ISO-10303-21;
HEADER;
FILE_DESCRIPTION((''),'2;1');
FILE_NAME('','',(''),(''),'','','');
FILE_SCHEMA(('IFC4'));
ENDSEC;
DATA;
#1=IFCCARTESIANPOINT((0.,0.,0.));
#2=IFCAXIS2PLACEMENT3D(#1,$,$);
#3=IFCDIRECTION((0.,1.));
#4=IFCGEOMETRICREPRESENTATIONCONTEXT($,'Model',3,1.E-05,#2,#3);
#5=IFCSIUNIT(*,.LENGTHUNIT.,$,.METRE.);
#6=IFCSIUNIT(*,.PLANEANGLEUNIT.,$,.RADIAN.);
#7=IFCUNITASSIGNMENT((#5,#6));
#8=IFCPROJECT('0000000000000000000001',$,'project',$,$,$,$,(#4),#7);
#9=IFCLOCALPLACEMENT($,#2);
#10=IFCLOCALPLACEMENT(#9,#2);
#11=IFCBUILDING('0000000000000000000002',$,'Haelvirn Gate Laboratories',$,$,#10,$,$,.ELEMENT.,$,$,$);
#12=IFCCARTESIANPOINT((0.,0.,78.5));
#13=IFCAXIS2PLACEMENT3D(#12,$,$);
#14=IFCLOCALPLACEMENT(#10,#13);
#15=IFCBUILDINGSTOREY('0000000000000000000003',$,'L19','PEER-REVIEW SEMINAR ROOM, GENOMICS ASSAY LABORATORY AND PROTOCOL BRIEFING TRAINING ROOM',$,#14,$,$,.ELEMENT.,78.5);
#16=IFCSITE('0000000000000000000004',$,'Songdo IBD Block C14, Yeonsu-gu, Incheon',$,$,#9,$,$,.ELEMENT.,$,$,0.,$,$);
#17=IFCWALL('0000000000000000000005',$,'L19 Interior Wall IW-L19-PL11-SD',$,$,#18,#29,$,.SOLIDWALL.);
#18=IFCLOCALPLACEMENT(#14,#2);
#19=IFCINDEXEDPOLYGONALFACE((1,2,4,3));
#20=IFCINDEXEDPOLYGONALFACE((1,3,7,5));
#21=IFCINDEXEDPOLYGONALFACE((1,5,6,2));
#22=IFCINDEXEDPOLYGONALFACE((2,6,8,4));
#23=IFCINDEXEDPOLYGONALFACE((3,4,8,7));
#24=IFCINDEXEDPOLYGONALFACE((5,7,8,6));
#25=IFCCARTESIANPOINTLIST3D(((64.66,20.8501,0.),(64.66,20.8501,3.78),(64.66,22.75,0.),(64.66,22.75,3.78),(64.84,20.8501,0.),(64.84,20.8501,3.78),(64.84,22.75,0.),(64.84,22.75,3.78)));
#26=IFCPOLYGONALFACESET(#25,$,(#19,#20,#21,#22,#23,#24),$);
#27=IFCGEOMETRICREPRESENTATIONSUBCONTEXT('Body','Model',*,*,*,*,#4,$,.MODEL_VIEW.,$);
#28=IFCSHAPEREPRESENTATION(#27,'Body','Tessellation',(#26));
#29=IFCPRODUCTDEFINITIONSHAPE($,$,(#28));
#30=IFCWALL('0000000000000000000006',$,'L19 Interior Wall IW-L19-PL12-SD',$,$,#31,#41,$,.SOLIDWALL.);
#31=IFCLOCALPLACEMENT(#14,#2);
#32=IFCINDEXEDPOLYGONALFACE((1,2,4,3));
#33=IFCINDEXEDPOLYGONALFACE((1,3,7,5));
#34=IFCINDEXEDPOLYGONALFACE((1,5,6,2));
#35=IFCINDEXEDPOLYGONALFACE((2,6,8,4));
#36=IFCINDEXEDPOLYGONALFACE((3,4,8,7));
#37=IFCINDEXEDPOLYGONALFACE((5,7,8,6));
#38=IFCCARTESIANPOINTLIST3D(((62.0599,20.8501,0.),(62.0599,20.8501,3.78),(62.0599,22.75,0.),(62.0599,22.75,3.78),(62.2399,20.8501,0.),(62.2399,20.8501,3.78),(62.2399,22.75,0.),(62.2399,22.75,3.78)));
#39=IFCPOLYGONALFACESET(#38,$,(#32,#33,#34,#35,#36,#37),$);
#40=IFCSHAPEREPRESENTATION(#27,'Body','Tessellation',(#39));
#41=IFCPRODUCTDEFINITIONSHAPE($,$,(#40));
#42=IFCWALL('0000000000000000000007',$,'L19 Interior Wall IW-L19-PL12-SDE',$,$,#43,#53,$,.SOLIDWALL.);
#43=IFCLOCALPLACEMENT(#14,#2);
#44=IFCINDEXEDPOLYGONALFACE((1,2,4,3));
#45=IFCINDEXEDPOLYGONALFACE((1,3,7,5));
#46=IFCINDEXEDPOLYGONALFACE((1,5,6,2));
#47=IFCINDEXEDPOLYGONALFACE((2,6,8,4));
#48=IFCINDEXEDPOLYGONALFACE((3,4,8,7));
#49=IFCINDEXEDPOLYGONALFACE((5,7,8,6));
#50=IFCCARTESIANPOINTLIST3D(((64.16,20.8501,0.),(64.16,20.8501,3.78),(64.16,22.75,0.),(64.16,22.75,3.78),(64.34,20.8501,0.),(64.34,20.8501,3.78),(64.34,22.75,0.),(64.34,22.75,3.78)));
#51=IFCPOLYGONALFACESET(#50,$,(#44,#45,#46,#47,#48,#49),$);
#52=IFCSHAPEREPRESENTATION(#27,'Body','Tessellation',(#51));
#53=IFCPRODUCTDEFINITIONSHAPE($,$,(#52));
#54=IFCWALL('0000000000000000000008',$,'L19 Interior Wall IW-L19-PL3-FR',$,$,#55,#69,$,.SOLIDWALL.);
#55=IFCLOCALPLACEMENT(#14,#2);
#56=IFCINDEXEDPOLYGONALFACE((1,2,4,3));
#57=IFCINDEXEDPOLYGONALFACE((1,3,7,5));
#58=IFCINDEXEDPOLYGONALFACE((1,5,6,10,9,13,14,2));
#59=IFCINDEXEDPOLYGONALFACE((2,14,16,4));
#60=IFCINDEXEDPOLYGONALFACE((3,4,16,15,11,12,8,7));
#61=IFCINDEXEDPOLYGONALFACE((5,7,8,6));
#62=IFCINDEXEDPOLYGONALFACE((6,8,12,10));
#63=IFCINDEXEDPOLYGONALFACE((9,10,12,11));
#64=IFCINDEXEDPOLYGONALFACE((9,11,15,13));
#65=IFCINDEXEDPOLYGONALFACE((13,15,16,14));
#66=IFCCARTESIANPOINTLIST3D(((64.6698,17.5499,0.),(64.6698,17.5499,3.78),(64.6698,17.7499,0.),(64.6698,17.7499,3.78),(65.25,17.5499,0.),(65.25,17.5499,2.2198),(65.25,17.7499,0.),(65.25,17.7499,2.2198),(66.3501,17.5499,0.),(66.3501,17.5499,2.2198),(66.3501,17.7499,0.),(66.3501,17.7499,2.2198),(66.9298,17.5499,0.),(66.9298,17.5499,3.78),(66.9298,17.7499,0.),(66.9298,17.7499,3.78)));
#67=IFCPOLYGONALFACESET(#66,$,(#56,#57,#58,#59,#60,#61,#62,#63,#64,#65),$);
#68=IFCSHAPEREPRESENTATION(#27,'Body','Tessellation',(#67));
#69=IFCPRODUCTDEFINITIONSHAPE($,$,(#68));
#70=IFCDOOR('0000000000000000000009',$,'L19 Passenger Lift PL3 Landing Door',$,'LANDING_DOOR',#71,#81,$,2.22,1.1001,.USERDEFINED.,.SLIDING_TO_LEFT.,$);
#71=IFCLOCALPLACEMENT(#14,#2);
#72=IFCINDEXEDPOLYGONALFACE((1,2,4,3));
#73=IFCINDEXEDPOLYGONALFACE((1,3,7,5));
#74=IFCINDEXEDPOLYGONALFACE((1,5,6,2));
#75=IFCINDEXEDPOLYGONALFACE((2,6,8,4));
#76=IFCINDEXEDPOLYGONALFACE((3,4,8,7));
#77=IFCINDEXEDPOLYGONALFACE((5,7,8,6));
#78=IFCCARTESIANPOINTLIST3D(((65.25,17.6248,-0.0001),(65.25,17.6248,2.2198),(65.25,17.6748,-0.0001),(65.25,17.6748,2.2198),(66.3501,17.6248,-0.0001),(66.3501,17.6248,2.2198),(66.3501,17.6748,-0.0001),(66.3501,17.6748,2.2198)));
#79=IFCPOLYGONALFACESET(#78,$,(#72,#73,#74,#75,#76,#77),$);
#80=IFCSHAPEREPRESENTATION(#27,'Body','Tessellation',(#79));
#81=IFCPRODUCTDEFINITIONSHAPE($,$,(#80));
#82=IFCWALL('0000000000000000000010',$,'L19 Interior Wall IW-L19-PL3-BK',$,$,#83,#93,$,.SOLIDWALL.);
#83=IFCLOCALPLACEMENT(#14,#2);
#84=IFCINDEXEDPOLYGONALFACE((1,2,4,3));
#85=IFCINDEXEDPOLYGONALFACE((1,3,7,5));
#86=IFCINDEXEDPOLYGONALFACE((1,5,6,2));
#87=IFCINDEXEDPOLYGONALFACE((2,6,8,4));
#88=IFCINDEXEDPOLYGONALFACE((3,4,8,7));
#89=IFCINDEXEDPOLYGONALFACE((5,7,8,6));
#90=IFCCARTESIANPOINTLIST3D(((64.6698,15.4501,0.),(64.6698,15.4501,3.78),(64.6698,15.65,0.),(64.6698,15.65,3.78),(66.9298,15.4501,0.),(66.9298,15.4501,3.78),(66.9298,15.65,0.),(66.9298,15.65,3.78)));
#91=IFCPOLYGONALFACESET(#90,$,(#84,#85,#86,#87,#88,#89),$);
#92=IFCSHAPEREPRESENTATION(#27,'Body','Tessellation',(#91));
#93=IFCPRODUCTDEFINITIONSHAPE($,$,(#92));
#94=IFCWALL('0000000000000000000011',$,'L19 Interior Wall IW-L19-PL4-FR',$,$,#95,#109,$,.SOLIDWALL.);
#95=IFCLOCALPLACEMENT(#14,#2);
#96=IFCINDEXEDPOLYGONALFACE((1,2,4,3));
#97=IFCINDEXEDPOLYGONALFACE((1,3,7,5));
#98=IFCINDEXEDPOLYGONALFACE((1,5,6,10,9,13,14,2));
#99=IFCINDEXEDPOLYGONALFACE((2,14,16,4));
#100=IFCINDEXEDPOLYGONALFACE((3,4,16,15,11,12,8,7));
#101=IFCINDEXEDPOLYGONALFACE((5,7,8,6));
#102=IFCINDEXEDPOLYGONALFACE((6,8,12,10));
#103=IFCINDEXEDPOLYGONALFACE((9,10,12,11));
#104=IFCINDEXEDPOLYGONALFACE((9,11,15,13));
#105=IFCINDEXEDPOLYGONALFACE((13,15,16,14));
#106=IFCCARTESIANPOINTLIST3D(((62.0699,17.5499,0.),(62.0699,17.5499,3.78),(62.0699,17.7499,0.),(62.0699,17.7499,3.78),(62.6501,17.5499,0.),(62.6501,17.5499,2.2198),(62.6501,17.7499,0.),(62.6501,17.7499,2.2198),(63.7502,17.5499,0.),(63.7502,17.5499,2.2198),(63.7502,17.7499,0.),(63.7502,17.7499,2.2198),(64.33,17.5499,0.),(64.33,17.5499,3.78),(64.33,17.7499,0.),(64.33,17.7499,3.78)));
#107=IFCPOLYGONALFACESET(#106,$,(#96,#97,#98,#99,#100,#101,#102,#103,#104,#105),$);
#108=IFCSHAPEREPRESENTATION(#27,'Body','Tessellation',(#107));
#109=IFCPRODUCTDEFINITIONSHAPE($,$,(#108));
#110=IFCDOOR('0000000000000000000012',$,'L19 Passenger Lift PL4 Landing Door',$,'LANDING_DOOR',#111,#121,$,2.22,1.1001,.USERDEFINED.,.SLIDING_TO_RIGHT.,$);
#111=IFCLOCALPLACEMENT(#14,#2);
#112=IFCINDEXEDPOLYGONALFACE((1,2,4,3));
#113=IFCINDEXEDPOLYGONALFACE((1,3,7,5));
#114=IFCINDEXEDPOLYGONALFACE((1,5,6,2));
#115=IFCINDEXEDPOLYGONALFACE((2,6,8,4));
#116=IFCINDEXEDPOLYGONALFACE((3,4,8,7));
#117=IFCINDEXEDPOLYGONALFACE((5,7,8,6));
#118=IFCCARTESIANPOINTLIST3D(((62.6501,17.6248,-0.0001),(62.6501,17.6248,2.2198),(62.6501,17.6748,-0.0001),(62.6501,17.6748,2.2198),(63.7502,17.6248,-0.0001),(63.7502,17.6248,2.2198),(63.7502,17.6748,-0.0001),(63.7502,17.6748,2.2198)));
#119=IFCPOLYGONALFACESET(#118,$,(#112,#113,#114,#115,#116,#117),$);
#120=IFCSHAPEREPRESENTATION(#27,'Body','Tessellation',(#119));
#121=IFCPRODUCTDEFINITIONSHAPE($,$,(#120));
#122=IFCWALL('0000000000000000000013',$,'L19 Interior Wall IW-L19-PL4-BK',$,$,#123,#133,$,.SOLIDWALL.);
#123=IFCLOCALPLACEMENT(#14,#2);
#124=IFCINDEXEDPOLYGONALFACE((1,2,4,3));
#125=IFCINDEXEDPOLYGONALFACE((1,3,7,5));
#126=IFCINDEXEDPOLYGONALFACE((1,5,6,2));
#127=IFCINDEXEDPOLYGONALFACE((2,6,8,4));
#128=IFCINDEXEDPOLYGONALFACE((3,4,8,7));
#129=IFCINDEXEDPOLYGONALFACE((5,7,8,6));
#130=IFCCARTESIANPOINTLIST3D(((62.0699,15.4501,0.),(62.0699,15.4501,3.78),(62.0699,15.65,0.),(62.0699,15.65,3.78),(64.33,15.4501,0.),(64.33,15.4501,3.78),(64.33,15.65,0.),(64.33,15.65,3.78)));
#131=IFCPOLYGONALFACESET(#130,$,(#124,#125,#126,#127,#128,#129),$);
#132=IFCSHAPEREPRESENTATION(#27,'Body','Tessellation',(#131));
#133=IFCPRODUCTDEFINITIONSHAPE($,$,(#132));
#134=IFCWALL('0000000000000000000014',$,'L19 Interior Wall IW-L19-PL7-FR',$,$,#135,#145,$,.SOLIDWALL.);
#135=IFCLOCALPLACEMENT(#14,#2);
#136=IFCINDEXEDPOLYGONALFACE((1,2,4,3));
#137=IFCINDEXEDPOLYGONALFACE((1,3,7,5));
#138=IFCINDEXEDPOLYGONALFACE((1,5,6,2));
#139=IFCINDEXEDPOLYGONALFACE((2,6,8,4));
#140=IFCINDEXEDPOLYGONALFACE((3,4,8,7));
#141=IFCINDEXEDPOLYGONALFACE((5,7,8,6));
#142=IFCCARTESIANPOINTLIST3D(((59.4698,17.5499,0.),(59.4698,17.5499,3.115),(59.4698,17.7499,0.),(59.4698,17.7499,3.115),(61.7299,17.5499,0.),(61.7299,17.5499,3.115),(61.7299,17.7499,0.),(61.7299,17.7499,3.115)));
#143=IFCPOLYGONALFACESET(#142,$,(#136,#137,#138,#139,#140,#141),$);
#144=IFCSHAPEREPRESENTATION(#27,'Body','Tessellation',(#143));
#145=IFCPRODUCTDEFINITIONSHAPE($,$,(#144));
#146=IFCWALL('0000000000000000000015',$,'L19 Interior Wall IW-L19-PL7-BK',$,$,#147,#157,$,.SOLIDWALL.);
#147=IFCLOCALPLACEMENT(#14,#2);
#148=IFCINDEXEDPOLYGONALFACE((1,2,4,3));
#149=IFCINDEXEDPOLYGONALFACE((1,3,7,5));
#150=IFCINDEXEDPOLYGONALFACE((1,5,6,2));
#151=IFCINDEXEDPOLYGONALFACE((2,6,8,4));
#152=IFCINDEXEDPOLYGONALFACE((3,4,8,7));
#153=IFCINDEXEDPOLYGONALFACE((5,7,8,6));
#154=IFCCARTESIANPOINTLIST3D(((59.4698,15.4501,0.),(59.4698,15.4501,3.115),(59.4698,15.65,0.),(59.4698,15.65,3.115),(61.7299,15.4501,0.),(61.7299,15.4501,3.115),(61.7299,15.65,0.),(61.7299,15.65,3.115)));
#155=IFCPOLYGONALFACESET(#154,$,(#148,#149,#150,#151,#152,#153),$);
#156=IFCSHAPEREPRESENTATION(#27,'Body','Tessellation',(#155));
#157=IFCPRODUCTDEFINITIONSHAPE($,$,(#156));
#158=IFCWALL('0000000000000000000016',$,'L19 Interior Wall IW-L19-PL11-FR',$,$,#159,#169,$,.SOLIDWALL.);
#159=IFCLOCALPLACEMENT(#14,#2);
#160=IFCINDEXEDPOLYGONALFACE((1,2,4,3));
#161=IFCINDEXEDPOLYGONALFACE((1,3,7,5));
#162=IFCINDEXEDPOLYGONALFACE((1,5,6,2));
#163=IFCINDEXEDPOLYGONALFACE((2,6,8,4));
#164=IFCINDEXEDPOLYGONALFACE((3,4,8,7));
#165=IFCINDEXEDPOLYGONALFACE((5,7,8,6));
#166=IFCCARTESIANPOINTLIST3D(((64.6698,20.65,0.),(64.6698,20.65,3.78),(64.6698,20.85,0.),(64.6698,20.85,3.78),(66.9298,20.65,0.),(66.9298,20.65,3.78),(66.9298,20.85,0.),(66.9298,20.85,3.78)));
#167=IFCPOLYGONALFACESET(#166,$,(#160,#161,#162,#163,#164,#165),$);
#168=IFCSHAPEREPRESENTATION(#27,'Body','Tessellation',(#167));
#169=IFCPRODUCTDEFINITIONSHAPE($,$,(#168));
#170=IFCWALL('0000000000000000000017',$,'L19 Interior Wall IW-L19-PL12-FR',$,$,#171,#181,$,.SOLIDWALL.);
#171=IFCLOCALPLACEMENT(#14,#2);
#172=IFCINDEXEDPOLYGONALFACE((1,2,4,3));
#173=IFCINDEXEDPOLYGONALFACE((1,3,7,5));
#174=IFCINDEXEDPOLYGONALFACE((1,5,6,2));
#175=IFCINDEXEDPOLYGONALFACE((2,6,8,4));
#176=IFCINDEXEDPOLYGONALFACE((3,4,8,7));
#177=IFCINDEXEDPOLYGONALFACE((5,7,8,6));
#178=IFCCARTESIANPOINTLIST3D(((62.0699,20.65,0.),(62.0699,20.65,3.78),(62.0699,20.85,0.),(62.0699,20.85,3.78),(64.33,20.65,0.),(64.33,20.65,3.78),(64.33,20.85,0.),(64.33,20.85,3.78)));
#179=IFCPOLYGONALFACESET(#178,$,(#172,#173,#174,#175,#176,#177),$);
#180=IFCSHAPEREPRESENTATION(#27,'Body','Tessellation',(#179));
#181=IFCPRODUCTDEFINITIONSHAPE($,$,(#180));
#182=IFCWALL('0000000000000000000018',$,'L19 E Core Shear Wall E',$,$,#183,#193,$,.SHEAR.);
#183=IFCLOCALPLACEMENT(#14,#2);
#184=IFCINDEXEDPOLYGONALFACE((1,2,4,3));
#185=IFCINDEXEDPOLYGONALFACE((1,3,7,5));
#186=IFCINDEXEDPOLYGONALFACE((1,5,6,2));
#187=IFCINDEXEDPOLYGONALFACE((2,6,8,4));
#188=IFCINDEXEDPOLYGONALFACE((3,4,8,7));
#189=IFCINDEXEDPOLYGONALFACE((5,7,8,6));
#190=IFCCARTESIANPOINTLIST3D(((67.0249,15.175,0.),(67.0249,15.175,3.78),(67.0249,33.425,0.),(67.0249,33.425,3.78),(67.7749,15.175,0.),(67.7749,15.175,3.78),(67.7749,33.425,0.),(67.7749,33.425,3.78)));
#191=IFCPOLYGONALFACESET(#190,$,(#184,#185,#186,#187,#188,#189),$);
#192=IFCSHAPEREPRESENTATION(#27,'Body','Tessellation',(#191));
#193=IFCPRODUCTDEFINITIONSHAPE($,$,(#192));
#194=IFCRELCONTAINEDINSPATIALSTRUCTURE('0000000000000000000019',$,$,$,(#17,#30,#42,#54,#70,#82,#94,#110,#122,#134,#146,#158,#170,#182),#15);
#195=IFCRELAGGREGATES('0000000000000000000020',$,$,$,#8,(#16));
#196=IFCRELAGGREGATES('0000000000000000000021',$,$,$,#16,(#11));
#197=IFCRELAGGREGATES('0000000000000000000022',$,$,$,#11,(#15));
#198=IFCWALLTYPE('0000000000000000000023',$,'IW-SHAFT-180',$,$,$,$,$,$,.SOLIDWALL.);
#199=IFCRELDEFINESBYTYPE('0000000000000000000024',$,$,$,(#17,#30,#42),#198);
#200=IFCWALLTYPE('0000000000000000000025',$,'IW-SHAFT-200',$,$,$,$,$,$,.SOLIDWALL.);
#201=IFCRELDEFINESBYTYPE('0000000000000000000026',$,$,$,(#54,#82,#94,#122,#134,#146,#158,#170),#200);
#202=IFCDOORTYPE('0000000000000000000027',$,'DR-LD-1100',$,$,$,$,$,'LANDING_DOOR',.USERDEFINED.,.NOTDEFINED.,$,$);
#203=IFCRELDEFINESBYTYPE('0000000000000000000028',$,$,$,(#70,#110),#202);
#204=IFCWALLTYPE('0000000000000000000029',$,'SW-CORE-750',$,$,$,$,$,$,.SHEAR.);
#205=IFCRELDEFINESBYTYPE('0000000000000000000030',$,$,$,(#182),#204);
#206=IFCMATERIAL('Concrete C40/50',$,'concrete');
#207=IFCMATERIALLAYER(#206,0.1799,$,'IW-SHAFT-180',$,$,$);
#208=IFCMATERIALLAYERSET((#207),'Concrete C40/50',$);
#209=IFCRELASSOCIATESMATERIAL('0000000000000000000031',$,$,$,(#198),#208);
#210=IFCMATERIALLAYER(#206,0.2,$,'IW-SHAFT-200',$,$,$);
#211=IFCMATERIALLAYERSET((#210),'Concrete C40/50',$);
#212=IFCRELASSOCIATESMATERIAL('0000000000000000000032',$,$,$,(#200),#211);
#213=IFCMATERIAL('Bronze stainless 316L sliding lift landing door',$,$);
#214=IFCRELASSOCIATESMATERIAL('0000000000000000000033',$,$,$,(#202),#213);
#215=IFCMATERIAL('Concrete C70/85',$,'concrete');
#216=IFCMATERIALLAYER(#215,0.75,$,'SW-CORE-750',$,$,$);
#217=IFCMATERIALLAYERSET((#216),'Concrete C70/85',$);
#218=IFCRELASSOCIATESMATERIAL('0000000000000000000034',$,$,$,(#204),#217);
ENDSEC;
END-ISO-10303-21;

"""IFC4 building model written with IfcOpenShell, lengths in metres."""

from ifc_helpers import new_model, si_unit, direction, frame, frame_2d, origin, place, context, subcontext, project, spatial, rectangle, extrude, source, transform, mapped, material, layer, layer_set, type_object, type_shapes, element, fill, save


model = new_model("IFC4")

# Units and contexts
model_context = context("Model", 3, precision=1e-05, world=origin(), true_north=direction((0.0, 1.0)))
body_context = subcontext(model_context, "Body", "Model", "MODEL_VIEW")
ifc_project = project(units=[si_unit("LENGTHUNIT", "METRE"), si_unit("PLANEANGLEUNIT", "RADIAN")], contexts=[model_context])

# Site, building, storey
site_placement = place(None, origin())
site = spatial("IfcSite", under=ifc_project, at=site_placement, Name="Songdo IBD Block C14, Yeonsu-gu, Incheon", CompositionType="ELEMENT", RefElevation=0.0)
building_placement = place(site_placement, origin())
building = spatial("IfcBuilding", under=site, at=building_placement, Name="Haelvirn Gate Laboratories", CompositionType="ELEMENT")
storey_placement = place(building_placement, frame((0.0, 0.0, 78.5)))
storey = spatial("IfcBuildingStorey", under=building, at=storey_placement, Name="L19", Description="PEER-REVIEW SEMINAR ROOM, GENOMICS ASSAY LABORATORY AND PROTOCOL BRIEFING TRAINING ROOM", CompositionType="ELEMENT", Elevation=78.5)

# Shared definitions
ifc_material_1 = material(Name="Concrete C70/85", Category="concrete")

# Walls
ifc_material_2 = material(Name="Concrete C40/50", Category="concrete")
ifc_layer_1 = layer(ifc_material_2, 0.1799, Name="IW-SHAFT-180")
ifc_layer_set_1 = layer_set([ifc_layer_1], Name="Concrete C40/50")
wall_type_1 = type_object("IfcWallType", Name="IW-SHAFT-180", PredefinedType="SOLIDWALL", material=ifc_layer_set_1)
for number, where, z_axis, x_axis, name in (
    (1, (64.75, 20.8501, 0.0), (0.0, 0.0, 1.0), (0.0, 1.0, 0.0), "L19 Interior Wall IW-L19-PL11-SD"),
    (2, (62.1499, 20.8501, 0.0), (0.0, 0.0, 1.0), (0.0, 1.0, 0.0), "L19 Interior Wall IW-L19-PL12-SD"),
    (3, (64.25, 20.8501, 0.0), (0.0, 0.0, 1.0), (0.0, 1.0, 0.0), "L19 Interior Wall IW-L19-PL12-SDE"),
):
    element("IfcWall", number, at=place(storey_placement, frame(where, z_axis=z_axis, x_axis=x_axis)), inside=storey, type_object=wall_type_1, Name=name, PredefinedType="SOLIDWALL", context=body_context, shape_type="SweptSolid", body=[
        extrude(rectangle(XDim=1.8999, YDim=0.1799, at=frame_2d((0.95, 0.0))), origin(), (0.0, 0.0, 1.0), 3.78),
    ])

# Wall, opening, door
ifc_layer_2 = layer(ifc_material_2, 0.2, Name="IW-SHAFT-200")
ifc_layer_set_2 = layer_set([ifc_layer_2], Name="Concrete C40/50")
wall_type_2 = type_object("IfcWallType", Name="IW-SHAFT-200", PredefinedType="SOLIDWALL", material=ifc_layer_set_2)
wall_1_placement = place(storey_placement, frame((64.6699, 17.6499, 0.0), z_axis=(0.0, 0.0, 1.0), x_axis=(1.0, 0.0, 0.0)))
wall_1 = element("IfcWall", 4, at=wall_1_placement, inside=storey, type_object=wall_type_2, Name="L19 Interior Wall IW-L19-PL3-FR", PredefinedType="SOLIDWALL", context=body_context, shape_type="SweptSolid", body=[
    extrude(rectangle(XDim=2.26, YDim=0.2, at=frame_2d((1.1299, 0.0))), origin(), (0.0, 0.0, 1.0), 3.78),
])
opening_1_placement = place(wall_1_placement, frame((0.5801, 0.0, 0.0)))
opening_1 = element("IfcOpeningElement", 5, at=opening_1_placement, cuts=wall_1, PredefinedType="OPENING", context=body_context, shape_type="SweptSolid", body=[
    extrude(rectangle(XDim=1.1001, YDim=2.22, at=frame_2d((0.55, 1.1099))), frame((0.0, 0.1099, 0.0), z_axis=(0.0, -1.0, 0.0), x_axis=(1.0, 0.0, 0.0)), (0.0, 0.0, 1.0), 0.22),
])
ifc_material_3 = material(Name="Bronze stainless 316L sliding lift landing door")
door_type_1 = type_object("IfcDoorType", Name="DR-LD-1100", ElementType="LANDING_DOOR", OperationType="NOTDEFINED", PredefinedType="USERDEFINED", material=ifc_material_3)
shared_shape_1 = source(origin(), body_context, "Body", "SweptSolid", [
    extrude(rectangle(XDim=1.1001, YDim=2.22, at=frame_2d((0.55, 1.1099))), frame((0.0, 0.0249, 0.0), z_axis=(0.0, -1.0, 0.0), x_axis=(1.0, 0.0, 0.0)), (0.0, 0.0, 1.0), 0.05),
])
type_shapes(door_type_1, [shared_shape_1])
door_1_placement = place(opening_1_placement, origin())
door_1 = element("IfcDoor", 6, at=door_1_placement, inside=storey, type_object=door_type_1, Name="L19 Passenger Lift PL3 Landing Door", ObjectType="LANDING_DOOR", OperationType="SLIDING_TO_LEFT", OverallHeight=2.22, OverallWidth=1.1001, PredefinedType="USERDEFINED", context=body_context, shape_type="MappedRepresentation", body=[
    mapped(shared_shape_1, transform((0.0, 0.0, 0.0), scale=1.0)),
])
fill(opening_1, door_1)

# Wall
wall_2_placement = place(storey_placement, frame((64.6699, 15.55, 0.0), z_axis=(0.0, 0.0, 1.0), x_axis=(1.0, 0.0, 0.0)))
element("IfcWall", 7, at=wall_2_placement, inside=storey, type_object=wall_type_2, Name="L19 Interior Wall IW-L19-PL3-BK", PredefinedType="SOLIDWALL", context=body_context, shape_type="SweptSolid", body=[
    extrude(rectangle(XDim=2.26, YDim=0.2, at=frame_2d((1.1299, 0.0))), origin(), (0.0, 0.0, 1.0), 3.78),
])

# Wall, opening, door
wall_3_placement = place(storey_placement, frame((62.0701, 17.6499, 0.0), z_axis=(0.0, 0.0, 1.0), x_axis=(1.0, 0.0, 0.0)))
wall_3 = element("IfcWall", 8, at=wall_3_placement, inside=storey, type_object=wall_type_2, Name="L19 Interior Wall IW-L19-PL4-FR", PredefinedType="SOLIDWALL", context=body_context, shape_type="SweptSolid", body=[
    extrude(rectangle(XDim=2.26, YDim=0.2, at=frame_2d((1.1299, 0.0))), origin(), (0.0, 0.0, 1.0), 3.78),
])
opening_2_placement = place(wall_3_placement, frame((0.5801, 0.0, 0.0)))
opening_2 = element("IfcOpeningElement", 9, at=opening_2_placement, cuts=wall_3, PredefinedType="OPENING", context=body_context, shape_type="SweptSolid", body=[
    extrude(rectangle(XDim=1.1001, YDim=2.22, at=frame_2d((0.55, 1.1099))), frame((0.0, 0.1099, 0.0), z_axis=(0.0, -1.0, 0.0), x_axis=(1.0, 0.0, 0.0)), (0.0, 0.0, 1.0), 0.22),
])
door_2_placement = place(opening_2_placement, origin())
door_2 = element("IfcDoor", 10, at=door_2_placement, inside=storey, type_object=door_type_1, Name="L19 Passenger Lift PL4 Landing Door", ObjectType="LANDING_DOOR", OperationType="SLIDING_TO_RIGHT", OverallHeight=2.22, OverallWidth=1.1001, PredefinedType="USERDEFINED", context=body_context, shape_type="MappedRepresentation", body=[
    mapped(shared_shape_1, transform((0.0, 0.0, 0.0), scale=1.0)),
])
fill(opening_2, door_2)

# Walls
wall_4_placement = place(storey_placement, frame((62.0701, 15.55, 0.0), z_axis=(0.0, 0.0, 1.0), x_axis=(1.0, 0.0, 0.0)))
element("IfcWall", 11, at=wall_4_placement, inside=storey, type_object=wall_type_2, Name="L19 Interior Wall IW-L19-PL4-BK", PredefinedType="SOLIDWALL", context=body_context, shape_type="SweptSolid", body=[
    extrude(rectangle(XDim=2.26, YDim=0.2, at=frame_2d((1.1299, 0.0))), origin(), (0.0, 0.0, 1.0), 3.78),
])
for number, where, z_axis, x_axis, name in (
    (12, (59.47, 17.6499, 0.0), (0.0, 0.0, 1.0), (1.0, 0.0, 0.0), "L19 Interior Wall IW-L19-PL7-FR"),
    (13, (59.47, 15.55, 0.0), (0.0, 0.0, 1.0), (1.0, 0.0, 0.0), "L19 Interior Wall IW-L19-PL7-BK"),
):
    element("IfcWall", number, at=place(storey_placement, frame(where, z_axis=z_axis, x_axis=x_axis)), inside=storey, type_object=wall_type_2, Name=name, PredefinedType="SOLIDWALL", context=body_context, shape_type="SweptSolid", body=[
        extrude(rectangle(XDim=2.26, YDim=0.2, at=frame_2d((1.1299, 0.0))), origin(), (0.0, 0.0, 1.0), 3.115),
    ])
for number, where, z_axis, x_axis, name in (
    (14, (64.6699, 20.75, 0.0), (0.0, 0.0, 1.0), (1.0, 0.0, 0.0), "L19 Interior Wall IW-L19-PL11-FR"),
    (15, (62.0701, 20.75, 0.0), (0.0, 0.0, 1.0), (1.0, 0.0, 0.0), "L19 Interior Wall IW-L19-PL12-FR"),
):
    element("IfcWall", number, at=place(storey_placement, frame(where, z_axis=z_axis, x_axis=x_axis)), inside=storey, type_object=wall_type_2, Name=name, PredefinedType="SOLIDWALL", context=body_context, shape_type="SweptSolid", body=[
        extrude(rectangle(XDim=2.26, YDim=0.2, at=frame_2d((1.1299, 0.0))), origin(), (0.0, 0.0, 1.0), 3.78),
    ])
ifc_layer_3 = layer(ifc_material_1, 0.75, Name="SW-CORE-750")
ifc_layer_set_3 = layer_set([ifc_layer_3], Name="Concrete C70/85")
wall_type_3 = type_object("IfcWallType", Name="SW-CORE-750", PredefinedType="SHEAR", material=ifc_layer_set_3)
wall_5_placement = place(storey_placement, frame((67.3999, 15.175, 0.0), z_axis=(0.0, 0.0, 1.0), x_axis=(0.0, 1.0, 0.0)))
element("IfcWall", 16, at=wall_5_placement, inside=storey, type_object=wall_type_3, Name="L19 E Core Shear Wall E", PredefinedType="SHEAR", context=body_context, shape_type="SweptSolid", body=[
    extrude(rectangle(XDim=18.25, YDim=0.75, at=frame_2d((9.125, 0.0))), origin(), (0.0, 0.0, 1.0), 3.78),
])

save(model, "model.ifc")
